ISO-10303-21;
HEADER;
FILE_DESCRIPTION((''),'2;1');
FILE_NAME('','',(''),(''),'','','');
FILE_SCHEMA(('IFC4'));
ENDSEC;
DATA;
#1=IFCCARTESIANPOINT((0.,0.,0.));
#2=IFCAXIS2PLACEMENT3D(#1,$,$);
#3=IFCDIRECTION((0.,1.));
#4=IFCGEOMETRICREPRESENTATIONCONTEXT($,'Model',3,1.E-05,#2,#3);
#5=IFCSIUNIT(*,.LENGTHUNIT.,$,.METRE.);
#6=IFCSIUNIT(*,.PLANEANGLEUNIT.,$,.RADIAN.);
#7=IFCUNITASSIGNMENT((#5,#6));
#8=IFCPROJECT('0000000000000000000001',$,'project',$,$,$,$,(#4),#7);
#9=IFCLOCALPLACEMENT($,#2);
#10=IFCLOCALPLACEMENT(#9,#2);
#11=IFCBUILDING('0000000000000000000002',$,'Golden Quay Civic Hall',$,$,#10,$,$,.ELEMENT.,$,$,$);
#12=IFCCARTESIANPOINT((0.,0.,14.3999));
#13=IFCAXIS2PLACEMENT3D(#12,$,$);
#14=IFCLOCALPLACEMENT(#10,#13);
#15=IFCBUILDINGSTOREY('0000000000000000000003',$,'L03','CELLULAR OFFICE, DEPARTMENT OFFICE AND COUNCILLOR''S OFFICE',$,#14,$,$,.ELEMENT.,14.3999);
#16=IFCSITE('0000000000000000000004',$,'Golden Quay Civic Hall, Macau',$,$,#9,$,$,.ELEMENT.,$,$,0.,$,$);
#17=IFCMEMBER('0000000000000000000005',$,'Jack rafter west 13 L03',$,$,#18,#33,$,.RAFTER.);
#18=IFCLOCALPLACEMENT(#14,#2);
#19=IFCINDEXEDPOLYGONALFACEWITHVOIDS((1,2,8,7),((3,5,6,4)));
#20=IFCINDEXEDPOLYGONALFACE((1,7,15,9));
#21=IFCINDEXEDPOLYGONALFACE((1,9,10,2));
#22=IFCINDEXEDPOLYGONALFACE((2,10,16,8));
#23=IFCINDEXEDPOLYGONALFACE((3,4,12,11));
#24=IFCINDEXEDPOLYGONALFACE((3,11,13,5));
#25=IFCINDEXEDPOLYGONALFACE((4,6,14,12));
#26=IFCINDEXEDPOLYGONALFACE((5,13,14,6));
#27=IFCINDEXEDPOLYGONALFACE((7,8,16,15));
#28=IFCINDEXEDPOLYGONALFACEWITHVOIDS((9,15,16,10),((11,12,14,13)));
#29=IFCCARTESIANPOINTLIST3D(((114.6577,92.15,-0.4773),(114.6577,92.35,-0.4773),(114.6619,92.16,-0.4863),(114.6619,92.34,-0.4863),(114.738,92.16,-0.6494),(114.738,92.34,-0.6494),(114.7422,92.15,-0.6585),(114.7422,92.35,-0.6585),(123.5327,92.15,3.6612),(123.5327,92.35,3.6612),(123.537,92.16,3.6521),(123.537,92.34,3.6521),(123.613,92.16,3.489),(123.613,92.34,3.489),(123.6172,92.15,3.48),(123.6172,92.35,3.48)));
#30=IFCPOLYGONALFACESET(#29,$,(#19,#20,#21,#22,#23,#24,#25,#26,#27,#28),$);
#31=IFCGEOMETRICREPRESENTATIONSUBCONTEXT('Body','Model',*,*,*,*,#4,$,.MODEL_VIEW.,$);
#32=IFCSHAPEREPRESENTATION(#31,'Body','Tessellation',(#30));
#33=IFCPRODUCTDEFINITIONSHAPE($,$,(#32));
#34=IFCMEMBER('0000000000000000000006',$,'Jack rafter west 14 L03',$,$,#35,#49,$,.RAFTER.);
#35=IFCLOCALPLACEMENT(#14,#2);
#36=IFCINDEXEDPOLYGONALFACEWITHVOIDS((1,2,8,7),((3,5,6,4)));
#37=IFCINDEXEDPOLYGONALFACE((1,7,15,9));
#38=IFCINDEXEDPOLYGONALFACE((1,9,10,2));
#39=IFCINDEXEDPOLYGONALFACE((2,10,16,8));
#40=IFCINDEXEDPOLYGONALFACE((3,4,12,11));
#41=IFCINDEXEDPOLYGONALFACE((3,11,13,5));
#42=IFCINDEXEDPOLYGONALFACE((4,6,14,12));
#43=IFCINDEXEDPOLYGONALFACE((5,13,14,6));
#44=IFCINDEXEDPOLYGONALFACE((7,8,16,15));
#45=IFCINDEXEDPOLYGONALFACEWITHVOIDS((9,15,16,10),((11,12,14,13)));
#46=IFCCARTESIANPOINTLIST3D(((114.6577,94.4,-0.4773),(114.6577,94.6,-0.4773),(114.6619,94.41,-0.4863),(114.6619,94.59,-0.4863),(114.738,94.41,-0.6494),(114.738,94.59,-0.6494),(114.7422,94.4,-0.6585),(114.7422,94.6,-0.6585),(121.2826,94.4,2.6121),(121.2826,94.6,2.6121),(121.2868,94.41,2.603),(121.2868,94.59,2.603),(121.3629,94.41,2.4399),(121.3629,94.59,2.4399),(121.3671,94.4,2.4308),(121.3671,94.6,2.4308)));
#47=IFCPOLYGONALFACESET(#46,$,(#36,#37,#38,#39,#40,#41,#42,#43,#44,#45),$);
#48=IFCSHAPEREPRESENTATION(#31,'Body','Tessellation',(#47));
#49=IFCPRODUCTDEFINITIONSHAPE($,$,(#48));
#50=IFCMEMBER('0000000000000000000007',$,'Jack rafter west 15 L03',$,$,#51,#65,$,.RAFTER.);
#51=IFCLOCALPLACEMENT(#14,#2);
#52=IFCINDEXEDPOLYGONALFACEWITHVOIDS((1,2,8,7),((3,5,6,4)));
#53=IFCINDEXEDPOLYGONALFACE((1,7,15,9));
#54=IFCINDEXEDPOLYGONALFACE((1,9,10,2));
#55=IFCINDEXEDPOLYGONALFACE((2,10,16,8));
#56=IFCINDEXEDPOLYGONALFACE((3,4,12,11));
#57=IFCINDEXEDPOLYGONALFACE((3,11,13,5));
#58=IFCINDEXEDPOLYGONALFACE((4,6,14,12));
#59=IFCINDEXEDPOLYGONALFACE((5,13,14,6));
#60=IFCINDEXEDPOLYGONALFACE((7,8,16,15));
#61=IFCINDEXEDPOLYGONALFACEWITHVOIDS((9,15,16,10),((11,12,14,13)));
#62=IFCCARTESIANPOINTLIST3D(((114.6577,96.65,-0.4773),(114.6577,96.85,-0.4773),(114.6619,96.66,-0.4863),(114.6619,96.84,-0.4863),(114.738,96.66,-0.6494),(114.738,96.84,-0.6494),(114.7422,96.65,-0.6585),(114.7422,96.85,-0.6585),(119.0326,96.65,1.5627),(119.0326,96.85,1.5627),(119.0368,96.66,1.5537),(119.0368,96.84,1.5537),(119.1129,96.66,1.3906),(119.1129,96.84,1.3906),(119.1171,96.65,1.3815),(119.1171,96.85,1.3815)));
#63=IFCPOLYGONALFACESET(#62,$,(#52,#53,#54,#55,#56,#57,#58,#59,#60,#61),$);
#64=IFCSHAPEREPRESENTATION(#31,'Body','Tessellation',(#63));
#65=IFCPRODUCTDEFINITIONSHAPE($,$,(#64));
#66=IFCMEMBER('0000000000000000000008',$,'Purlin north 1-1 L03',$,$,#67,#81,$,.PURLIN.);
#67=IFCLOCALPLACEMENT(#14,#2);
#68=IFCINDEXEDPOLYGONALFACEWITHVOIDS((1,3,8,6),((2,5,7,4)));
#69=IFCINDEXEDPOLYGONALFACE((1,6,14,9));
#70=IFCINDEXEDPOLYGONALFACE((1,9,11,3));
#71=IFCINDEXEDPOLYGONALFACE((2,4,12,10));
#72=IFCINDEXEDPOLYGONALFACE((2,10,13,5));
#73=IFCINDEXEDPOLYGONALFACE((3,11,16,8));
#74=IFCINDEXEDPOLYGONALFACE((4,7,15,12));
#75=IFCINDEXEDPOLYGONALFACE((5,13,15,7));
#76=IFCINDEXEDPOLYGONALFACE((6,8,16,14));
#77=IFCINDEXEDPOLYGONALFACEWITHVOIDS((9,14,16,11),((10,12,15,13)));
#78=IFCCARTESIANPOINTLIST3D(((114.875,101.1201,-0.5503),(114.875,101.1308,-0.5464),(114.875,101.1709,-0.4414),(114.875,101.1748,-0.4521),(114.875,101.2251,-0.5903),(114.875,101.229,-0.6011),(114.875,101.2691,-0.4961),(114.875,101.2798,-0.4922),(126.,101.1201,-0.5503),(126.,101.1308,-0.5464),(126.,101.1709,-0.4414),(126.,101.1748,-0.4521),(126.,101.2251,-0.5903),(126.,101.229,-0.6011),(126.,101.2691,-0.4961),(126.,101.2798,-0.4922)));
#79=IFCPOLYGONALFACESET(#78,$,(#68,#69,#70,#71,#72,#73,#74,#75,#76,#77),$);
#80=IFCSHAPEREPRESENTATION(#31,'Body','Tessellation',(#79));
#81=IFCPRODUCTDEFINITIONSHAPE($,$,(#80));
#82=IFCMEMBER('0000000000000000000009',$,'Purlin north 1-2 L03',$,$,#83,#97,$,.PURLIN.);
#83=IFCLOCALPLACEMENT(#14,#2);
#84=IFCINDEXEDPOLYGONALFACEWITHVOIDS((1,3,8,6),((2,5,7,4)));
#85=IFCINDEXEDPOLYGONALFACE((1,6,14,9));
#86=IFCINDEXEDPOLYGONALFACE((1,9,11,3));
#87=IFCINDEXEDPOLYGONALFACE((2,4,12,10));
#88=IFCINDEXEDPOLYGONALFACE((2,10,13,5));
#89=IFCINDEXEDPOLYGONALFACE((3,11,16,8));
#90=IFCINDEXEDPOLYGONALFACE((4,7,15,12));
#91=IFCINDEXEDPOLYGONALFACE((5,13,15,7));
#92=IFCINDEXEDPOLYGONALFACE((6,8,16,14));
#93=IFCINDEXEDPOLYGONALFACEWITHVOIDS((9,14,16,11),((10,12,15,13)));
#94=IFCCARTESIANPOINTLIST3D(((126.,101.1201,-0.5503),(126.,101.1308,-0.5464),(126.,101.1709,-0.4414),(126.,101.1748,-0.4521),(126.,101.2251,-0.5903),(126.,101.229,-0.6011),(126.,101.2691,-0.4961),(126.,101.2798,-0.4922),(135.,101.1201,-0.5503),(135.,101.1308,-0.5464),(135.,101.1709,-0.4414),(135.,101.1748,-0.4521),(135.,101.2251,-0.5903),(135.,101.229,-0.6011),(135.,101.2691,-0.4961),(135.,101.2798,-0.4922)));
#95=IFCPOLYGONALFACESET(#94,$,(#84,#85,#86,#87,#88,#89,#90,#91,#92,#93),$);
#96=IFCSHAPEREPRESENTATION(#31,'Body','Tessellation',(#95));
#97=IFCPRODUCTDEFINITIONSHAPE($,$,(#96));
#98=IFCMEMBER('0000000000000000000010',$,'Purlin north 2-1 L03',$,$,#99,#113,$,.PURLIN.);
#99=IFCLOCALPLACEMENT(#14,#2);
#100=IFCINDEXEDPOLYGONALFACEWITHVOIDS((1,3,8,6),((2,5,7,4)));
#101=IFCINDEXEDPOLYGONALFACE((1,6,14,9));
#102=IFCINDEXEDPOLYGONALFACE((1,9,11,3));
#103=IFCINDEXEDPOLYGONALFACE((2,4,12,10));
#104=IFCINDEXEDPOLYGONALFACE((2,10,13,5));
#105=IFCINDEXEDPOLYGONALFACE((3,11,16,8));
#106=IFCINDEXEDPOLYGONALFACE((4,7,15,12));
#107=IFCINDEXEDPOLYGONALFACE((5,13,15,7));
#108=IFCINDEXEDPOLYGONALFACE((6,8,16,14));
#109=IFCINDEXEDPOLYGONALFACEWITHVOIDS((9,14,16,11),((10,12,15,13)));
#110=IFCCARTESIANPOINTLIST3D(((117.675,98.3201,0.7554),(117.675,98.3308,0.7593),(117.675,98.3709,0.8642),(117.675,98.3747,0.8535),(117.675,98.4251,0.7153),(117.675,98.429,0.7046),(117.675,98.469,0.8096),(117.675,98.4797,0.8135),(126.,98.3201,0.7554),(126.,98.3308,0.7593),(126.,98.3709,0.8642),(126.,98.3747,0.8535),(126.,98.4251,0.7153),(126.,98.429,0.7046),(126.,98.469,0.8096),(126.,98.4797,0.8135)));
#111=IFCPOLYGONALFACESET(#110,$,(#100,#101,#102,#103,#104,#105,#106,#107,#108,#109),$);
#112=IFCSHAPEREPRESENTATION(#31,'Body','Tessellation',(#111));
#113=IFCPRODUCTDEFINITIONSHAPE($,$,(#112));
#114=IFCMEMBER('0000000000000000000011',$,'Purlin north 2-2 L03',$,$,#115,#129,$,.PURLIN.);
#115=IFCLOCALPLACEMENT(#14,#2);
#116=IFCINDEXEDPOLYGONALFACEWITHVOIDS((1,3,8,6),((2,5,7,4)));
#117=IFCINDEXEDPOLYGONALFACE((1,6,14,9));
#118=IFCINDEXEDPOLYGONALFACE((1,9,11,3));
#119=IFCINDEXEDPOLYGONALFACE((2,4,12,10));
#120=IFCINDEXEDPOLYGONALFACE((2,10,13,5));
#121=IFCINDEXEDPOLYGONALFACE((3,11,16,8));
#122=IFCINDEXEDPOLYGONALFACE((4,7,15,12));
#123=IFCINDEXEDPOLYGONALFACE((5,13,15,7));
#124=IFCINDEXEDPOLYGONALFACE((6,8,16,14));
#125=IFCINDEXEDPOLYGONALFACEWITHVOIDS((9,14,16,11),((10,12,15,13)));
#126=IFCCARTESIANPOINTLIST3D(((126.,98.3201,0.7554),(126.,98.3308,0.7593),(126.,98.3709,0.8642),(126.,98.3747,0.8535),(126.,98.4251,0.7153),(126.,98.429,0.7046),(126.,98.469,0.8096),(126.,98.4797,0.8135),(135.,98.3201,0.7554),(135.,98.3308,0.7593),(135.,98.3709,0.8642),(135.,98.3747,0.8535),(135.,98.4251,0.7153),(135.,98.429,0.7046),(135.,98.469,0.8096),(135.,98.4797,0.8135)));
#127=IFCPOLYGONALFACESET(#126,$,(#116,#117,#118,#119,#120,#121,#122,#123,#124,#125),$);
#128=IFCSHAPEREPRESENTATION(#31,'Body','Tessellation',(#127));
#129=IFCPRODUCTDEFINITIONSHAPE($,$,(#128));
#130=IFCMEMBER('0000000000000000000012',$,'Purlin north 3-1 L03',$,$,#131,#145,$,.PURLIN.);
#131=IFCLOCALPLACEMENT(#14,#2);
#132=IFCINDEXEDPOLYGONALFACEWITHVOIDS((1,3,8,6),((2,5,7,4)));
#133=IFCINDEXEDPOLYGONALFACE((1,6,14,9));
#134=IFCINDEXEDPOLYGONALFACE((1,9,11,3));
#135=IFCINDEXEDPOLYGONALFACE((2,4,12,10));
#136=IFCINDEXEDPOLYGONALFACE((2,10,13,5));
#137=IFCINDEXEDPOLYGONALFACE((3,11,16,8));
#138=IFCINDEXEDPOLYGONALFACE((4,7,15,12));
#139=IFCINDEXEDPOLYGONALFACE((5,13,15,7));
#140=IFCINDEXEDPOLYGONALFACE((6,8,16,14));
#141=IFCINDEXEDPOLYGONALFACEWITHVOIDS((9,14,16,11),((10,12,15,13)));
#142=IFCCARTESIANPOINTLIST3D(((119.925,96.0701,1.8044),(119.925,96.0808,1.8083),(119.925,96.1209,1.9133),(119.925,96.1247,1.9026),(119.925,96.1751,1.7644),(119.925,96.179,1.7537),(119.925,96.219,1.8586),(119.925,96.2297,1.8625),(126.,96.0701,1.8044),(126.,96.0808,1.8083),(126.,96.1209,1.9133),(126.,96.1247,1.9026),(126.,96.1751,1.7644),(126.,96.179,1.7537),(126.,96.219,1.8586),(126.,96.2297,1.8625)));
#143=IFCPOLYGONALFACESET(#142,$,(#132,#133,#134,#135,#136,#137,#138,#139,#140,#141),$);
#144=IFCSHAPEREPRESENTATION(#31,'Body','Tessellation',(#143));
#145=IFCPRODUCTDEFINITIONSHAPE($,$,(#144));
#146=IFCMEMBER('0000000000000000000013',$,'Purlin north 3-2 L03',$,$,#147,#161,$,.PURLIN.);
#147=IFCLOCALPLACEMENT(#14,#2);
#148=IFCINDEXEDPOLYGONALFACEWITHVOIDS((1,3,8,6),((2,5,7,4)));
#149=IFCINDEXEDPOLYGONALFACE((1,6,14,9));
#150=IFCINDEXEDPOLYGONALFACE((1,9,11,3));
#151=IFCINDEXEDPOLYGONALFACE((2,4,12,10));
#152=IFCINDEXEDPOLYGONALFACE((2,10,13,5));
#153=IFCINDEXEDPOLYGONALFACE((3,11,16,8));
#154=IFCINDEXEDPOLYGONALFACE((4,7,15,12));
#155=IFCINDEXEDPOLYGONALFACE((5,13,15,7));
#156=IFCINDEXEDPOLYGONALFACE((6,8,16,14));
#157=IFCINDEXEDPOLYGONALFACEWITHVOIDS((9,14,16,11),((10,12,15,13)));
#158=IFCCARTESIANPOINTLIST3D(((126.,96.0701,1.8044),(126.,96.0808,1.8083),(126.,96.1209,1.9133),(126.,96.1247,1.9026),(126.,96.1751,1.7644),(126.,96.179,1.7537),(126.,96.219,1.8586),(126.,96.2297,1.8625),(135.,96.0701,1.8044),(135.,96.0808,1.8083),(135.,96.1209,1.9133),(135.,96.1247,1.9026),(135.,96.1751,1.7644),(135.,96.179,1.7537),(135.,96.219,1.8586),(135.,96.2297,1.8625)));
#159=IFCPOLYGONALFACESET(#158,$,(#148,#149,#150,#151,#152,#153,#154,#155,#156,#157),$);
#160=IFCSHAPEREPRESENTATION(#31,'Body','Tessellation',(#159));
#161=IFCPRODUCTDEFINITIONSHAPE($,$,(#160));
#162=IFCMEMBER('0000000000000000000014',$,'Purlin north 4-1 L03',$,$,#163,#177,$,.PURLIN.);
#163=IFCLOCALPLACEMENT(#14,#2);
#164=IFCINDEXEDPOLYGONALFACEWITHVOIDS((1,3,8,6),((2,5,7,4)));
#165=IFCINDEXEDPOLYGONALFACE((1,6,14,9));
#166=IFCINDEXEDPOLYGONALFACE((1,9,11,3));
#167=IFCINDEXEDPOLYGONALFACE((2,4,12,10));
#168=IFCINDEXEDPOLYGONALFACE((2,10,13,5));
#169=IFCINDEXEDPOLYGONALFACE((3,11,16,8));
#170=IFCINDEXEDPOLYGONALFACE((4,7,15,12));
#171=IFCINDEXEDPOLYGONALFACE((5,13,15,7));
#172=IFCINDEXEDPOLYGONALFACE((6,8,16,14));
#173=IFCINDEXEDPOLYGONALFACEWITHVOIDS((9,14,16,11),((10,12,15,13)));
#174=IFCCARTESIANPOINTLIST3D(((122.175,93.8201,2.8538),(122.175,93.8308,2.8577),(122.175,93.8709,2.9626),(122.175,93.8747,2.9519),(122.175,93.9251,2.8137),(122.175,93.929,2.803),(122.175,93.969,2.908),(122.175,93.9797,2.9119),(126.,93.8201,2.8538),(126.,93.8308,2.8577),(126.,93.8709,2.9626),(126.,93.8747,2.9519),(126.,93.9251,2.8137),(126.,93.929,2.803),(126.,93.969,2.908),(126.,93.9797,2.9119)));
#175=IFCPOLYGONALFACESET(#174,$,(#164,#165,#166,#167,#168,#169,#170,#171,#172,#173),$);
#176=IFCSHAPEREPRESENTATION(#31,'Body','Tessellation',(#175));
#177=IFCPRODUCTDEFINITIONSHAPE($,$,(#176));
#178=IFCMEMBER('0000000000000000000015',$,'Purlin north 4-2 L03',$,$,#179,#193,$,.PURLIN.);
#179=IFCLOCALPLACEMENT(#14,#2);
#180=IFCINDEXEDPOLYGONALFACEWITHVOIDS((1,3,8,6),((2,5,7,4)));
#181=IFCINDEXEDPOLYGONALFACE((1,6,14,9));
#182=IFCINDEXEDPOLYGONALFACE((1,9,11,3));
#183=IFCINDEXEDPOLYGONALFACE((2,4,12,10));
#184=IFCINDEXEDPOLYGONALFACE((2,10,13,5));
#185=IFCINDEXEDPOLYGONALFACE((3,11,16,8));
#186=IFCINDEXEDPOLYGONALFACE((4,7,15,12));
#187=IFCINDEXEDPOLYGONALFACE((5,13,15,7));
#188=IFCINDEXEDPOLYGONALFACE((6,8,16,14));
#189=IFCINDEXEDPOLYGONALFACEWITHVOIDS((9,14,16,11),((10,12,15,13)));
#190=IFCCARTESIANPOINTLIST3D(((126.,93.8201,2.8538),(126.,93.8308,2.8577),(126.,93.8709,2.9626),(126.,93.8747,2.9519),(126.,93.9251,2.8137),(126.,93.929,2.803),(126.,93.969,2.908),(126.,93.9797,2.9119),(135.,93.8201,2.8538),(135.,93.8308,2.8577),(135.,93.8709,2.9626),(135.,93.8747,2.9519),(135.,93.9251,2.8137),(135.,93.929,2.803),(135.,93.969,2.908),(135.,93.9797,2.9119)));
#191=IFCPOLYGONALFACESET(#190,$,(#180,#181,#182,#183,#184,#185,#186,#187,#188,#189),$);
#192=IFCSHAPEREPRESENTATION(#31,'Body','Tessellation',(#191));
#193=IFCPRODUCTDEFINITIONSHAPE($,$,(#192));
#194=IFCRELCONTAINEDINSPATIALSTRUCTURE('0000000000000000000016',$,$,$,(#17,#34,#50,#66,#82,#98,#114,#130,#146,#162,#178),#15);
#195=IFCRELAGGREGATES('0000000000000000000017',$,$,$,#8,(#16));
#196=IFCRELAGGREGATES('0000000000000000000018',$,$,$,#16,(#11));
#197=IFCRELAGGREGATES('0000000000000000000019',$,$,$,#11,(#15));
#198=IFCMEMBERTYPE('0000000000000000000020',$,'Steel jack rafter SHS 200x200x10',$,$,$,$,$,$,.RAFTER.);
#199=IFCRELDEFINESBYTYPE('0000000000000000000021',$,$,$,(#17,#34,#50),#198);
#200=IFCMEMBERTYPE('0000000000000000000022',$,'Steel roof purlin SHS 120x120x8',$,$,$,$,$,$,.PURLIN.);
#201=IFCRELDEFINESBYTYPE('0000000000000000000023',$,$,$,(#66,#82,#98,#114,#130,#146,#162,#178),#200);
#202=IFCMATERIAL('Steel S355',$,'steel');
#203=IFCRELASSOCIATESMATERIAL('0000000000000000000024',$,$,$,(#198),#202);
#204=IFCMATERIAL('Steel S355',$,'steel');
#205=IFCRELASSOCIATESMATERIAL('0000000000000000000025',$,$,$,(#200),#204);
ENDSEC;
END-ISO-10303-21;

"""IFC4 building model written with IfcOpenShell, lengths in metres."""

from ifc_helpers import new_model, si_unit, direction, frame, origin, origin_2d, place, context, subcontext, project, spatial, hollow_rectangle, extrude, material, material_profile, profile_set, type_object, element, save


model = new_model("IFC4")

# Units and contexts
model_context = context("Model", 3, precision=1e-05, world=origin(), true_north=direction((0.0, 1.0)))
body_context = subcontext(model_context, "Body", "Model", "MODEL_VIEW")
ifc_project = project(units=[si_unit("LENGTHUNIT", "METRE"), si_unit("PLANEANGLEUNIT", "RADIAN")], contexts=[model_context])

# Site, building, storey
site_placement = place(None, origin())
site = spatial("IfcSite", under=ifc_project, at=site_placement, Name="Golden Quay Civic Hall, Macau", CompositionType="ELEMENT", RefElevation=0.0)
building_placement = place(site_placement, origin())
building = spatial("IfcBuilding", under=site, at=building_placement, Name="Golden Quay Civic Hall", CompositionType="ELEMENT")
storey_placement = place(building_placement, frame((0.0, 0.0, 14.3999)))
storey = spatial("IfcBuildingStorey", under=building, at=storey_placement, Name="L03", Description="CELLULAR OFFICE, DEPARTMENT OFFICE AND COUNCILLOR'S OFFICE", CompositionType="ELEMENT", Elevation=14.3999)

# Members
ifc_material_1 = material(Name="Steel S355", Category="steel")
ifc_material_profile_1 = material_profile(ifc_material_1, hollow_rectangle(XDim=0.2, YDim=0.2, WallThickness=0.01, at=origin_2d()), Name="SHS 200x200x10")
ifc_profile_set_1 = profile_set([ifc_material_profile_1], Name="Steel S355")
member_type_1 = type_object("IfcMemberType", Name="Steel jack rafter SHS 200x200x10", PredefinedType="RAFTER", material=ifc_profile_set_1)
member_1_placement = place(storey_placement, frame((114.7, 92.25, -0.5679), z_axis=(0.90631, 0.0, 0.422614), x_axis=(0.0, 1.0, 0.0)))
element("IfcMember", 1, at=member_1_placement, inside=storey, type_object=member_type_1, Name="Jack rafter west 13 L03", PredefinedType="RAFTER", context=body_context, shape_type="SweptSolid", body=[
    extrude(hollow_rectangle(XDim=0.2, YDim=0.2, WallThickness=0.01, at=origin_2d()), origin(), (0.0, 0.0, 1.0), 9.7925),
])
member_2_placement = place(storey_placement, frame((114.7, 94.5, -0.5679), z_axis=(0.906304, 0.0, 0.422626), x_axis=(0.0, 1.0, 0.0)))
element("IfcMember", 2, at=member_2_placement, inside=storey, type_object=member_type_1, Name="Jack rafter west 14 L03", PredefinedType="RAFTER", context=body_context, shape_type="SweptSolid", body=[
    extrude(hollow_rectangle(XDim=0.2, YDim=0.2, WallThickness=0.01, at=origin_2d()), origin(), (0.0, 0.0, 1.0), 7.3098),
])
member_3_placement = place(storey_placement, frame((114.7, 96.75, -0.5679), z_axis=(0.906312, 0.0, 0.422609), x_axis=(0.0, 1.0, 0.0)))
element("IfcMember", 3, at=member_3_placement, inside=storey, type_object=member_type_1, Name="Jack rafter west 15 L03", PredefinedType="RAFTER", context=body_context, shape_type="SweptSolid", body=[
    extrude(hollow_rectangle(XDim=0.2, YDim=0.2, WallThickness=0.01, at=origin_2d()), origin(), (0.0, 0.0, 1.0), 4.8271),
])
ifc_material_2 = material(Name="Steel S355", Category="steel")
ifc_material_profile_2 = material_profile(ifc_material_2, hollow_rectangle(XDim=0.1201, YDim=0.1201, WallThickness=0.0081, at=origin_2d()), Name="SHS 120x120x8")
ifc_profile_set_2 = profile_set([ifc_material_profile_2], Name="Steel S355")
member_type_2 = type_object("IfcMemberType", Name="Steel roof purlin SHS 120x120x8", PredefinedType="PURLIN", material=ifc_profile_set_2)
member_4_placement = place(storey_placement, frame((114.875, 101.2, -0.5212), z_axis=(1.0, 0.0, 0.0), x_axis=(0.0, 0.906308, -0.422618)))
element("IfcMember", 4, at=member_4_placement, inside=storey, type_object=member_type_2, Name="Purlin north 1-1 L03", PredefinedType="PURLIN", context=body_context, shape_type="SweptSolid", body=[
    extrude(hollow_rectangle(XDim=0.1201, YDim=0.1201, WallThickness=0.0081, at=origin_2d()), origin(), (0.0, 0.0, 1.0), 11.125),
])
member_5_placement = place(storey_placement, frame((126.0, 101.2, -0.5212), z_axis=(1.0, 0.0, 0.0), x_axis=(0.0, 0.906308, -0.422618)))
element("IfcMember", 5, at=member_5_placement, inside=storey, type_object=member_type_2, Name="Purlin north 1-2 L03", PredefinedType="PURLIN", context=body_context, shape_type="SweptSolid", body=[
    extrude(hollow_rectangle(XDim=0.1201, YDim=0.1201, WallThickness=0.0081, at=origin_2d()), origin(), (0.0, 0.0, 1.0), 9.0),
])
member_6_placement = place(storey_placement, frame((117.675, 98.3999, 0.7844), z_axis=(1.0, 0.0, 0.0), x_axis=(0.0, 0.906308, -0.422618)))
element("IfcMember", 6, at=member_6_placement, inside=storey, type_object=member_type_2, Name="Purlin north 2-1 L03", PredefinedType="PURLIN", context=body_context, shape_type="SweptSolid", body=[
    extrude(hollow_rectangle(XDim=0.1201, YDim=0.1201, WallThickness=0.0081, at=origin_2d()), origin(), (0.0, 0.0, 1.0), 8.325),
])
member_7_placement = place(storey_placement, frame((126.0, 98.3999, 0.7844), z_axis=(1.0, 0.0, 0.0), x_axis=(0.0, 0.906308, -0.422618)))
element("IfcMember", 7, at=member_7_placement, inside=storey, type_object=member_type_2, Name="Purlin north 2-2 L03", PredefinedType="PURLIN", context=body_context, shape_type="SweptSolid", body=[
    extrude(hollow_rectangle(XDim=0.1201, YDim=0.1201, WallThickness=0.0081, at=origin_2d()), origin(), (0.0, 0.0, 1.0), 9.0),
])
member_8_placement = place(storey_placement, frame((119.925, 96.1499, 1.8335), z_axis=(1.0, 0.0, 0.0), x_axis=(0.0, 0.906308, -0.422618)))
element("IfcMember", 8, at=member_8_placement, inside=storey, type_object=member_type_2, Name="Purlin north 3-1 L03", PredefinedType="PURLIN", context=body_context, shape_type="SweptSolid", body=[
    extrude(hollow_rectangle(XDim=0.1201, YDim=0.1201, WallThickness=0.0081, at=origin_2d()), origin(), (0.0, 0.0, 1.0), 6.075),
])
member_9_placement = place(storey_placement, frame((126.0, 96.1499, 1.8335), z_axis=(1.0, 0.0, 0.0), x_axis=(0.0, 0.906308, -0.422618)))
element("IfcMember", 9, at=member_9_placement, inside=storey, type_object=member_type_2, Name="Purlin north 3-2 L03", PredefinedType="PURLIN", context=body_context, shape_type="SweptSolid", body=[
    extrude(hollow_rectangle(XDim=0.1201, YDim=0.1201, WallThickness=0.0081, at=origin_2d()), origin(), (0.0, 0.0, 1.0), 9.0),
])
member_10_placement = place(storey_placement, frame((122.175, 93.8999, 2.8828), z_axis=(1.0, 0.0, 0.0), x_axis=(0.0, 0.906308, -0.422618)))
element("IfcMember", 10, at=member_10_placement, inside=storey, type_object=member_type_2, Name="Purlin north 4-1 L03", PredefinedType="PURLIN", context=body_context, shape_type="SweptSolid", body=[
    extrude(hollow_rectangle(XDim=0.1201, YDim=0.1201, WallThickness=0.0081, at=origin_2d()), origin(), (0.0, 0.0, 1.0), 3.825),
])
member_11_placement = place(storey_placement, frame((126.0, 93.8999, 2.8828), z_axis=(1.0, 0.0, 0.0), x_axis=(0.0, 0.906308, -0.422618)))
element("IfcMember", 11, at=member_11_placement, inside=storey, type_object=member_type_2, Name="Purlin north 4-2 L03", PredefinedType="PURLIN", context=body_context, shape_type="SweptSolid", body=[
    extrude(hollow_rectangle(XDim=0.1201, YDim=0.1201, WallThickness=0.0081, at=origin_2d()), origin(), (0.0, 0.0, 1.0), 9.0),
])

save(model, "model.ifc")
